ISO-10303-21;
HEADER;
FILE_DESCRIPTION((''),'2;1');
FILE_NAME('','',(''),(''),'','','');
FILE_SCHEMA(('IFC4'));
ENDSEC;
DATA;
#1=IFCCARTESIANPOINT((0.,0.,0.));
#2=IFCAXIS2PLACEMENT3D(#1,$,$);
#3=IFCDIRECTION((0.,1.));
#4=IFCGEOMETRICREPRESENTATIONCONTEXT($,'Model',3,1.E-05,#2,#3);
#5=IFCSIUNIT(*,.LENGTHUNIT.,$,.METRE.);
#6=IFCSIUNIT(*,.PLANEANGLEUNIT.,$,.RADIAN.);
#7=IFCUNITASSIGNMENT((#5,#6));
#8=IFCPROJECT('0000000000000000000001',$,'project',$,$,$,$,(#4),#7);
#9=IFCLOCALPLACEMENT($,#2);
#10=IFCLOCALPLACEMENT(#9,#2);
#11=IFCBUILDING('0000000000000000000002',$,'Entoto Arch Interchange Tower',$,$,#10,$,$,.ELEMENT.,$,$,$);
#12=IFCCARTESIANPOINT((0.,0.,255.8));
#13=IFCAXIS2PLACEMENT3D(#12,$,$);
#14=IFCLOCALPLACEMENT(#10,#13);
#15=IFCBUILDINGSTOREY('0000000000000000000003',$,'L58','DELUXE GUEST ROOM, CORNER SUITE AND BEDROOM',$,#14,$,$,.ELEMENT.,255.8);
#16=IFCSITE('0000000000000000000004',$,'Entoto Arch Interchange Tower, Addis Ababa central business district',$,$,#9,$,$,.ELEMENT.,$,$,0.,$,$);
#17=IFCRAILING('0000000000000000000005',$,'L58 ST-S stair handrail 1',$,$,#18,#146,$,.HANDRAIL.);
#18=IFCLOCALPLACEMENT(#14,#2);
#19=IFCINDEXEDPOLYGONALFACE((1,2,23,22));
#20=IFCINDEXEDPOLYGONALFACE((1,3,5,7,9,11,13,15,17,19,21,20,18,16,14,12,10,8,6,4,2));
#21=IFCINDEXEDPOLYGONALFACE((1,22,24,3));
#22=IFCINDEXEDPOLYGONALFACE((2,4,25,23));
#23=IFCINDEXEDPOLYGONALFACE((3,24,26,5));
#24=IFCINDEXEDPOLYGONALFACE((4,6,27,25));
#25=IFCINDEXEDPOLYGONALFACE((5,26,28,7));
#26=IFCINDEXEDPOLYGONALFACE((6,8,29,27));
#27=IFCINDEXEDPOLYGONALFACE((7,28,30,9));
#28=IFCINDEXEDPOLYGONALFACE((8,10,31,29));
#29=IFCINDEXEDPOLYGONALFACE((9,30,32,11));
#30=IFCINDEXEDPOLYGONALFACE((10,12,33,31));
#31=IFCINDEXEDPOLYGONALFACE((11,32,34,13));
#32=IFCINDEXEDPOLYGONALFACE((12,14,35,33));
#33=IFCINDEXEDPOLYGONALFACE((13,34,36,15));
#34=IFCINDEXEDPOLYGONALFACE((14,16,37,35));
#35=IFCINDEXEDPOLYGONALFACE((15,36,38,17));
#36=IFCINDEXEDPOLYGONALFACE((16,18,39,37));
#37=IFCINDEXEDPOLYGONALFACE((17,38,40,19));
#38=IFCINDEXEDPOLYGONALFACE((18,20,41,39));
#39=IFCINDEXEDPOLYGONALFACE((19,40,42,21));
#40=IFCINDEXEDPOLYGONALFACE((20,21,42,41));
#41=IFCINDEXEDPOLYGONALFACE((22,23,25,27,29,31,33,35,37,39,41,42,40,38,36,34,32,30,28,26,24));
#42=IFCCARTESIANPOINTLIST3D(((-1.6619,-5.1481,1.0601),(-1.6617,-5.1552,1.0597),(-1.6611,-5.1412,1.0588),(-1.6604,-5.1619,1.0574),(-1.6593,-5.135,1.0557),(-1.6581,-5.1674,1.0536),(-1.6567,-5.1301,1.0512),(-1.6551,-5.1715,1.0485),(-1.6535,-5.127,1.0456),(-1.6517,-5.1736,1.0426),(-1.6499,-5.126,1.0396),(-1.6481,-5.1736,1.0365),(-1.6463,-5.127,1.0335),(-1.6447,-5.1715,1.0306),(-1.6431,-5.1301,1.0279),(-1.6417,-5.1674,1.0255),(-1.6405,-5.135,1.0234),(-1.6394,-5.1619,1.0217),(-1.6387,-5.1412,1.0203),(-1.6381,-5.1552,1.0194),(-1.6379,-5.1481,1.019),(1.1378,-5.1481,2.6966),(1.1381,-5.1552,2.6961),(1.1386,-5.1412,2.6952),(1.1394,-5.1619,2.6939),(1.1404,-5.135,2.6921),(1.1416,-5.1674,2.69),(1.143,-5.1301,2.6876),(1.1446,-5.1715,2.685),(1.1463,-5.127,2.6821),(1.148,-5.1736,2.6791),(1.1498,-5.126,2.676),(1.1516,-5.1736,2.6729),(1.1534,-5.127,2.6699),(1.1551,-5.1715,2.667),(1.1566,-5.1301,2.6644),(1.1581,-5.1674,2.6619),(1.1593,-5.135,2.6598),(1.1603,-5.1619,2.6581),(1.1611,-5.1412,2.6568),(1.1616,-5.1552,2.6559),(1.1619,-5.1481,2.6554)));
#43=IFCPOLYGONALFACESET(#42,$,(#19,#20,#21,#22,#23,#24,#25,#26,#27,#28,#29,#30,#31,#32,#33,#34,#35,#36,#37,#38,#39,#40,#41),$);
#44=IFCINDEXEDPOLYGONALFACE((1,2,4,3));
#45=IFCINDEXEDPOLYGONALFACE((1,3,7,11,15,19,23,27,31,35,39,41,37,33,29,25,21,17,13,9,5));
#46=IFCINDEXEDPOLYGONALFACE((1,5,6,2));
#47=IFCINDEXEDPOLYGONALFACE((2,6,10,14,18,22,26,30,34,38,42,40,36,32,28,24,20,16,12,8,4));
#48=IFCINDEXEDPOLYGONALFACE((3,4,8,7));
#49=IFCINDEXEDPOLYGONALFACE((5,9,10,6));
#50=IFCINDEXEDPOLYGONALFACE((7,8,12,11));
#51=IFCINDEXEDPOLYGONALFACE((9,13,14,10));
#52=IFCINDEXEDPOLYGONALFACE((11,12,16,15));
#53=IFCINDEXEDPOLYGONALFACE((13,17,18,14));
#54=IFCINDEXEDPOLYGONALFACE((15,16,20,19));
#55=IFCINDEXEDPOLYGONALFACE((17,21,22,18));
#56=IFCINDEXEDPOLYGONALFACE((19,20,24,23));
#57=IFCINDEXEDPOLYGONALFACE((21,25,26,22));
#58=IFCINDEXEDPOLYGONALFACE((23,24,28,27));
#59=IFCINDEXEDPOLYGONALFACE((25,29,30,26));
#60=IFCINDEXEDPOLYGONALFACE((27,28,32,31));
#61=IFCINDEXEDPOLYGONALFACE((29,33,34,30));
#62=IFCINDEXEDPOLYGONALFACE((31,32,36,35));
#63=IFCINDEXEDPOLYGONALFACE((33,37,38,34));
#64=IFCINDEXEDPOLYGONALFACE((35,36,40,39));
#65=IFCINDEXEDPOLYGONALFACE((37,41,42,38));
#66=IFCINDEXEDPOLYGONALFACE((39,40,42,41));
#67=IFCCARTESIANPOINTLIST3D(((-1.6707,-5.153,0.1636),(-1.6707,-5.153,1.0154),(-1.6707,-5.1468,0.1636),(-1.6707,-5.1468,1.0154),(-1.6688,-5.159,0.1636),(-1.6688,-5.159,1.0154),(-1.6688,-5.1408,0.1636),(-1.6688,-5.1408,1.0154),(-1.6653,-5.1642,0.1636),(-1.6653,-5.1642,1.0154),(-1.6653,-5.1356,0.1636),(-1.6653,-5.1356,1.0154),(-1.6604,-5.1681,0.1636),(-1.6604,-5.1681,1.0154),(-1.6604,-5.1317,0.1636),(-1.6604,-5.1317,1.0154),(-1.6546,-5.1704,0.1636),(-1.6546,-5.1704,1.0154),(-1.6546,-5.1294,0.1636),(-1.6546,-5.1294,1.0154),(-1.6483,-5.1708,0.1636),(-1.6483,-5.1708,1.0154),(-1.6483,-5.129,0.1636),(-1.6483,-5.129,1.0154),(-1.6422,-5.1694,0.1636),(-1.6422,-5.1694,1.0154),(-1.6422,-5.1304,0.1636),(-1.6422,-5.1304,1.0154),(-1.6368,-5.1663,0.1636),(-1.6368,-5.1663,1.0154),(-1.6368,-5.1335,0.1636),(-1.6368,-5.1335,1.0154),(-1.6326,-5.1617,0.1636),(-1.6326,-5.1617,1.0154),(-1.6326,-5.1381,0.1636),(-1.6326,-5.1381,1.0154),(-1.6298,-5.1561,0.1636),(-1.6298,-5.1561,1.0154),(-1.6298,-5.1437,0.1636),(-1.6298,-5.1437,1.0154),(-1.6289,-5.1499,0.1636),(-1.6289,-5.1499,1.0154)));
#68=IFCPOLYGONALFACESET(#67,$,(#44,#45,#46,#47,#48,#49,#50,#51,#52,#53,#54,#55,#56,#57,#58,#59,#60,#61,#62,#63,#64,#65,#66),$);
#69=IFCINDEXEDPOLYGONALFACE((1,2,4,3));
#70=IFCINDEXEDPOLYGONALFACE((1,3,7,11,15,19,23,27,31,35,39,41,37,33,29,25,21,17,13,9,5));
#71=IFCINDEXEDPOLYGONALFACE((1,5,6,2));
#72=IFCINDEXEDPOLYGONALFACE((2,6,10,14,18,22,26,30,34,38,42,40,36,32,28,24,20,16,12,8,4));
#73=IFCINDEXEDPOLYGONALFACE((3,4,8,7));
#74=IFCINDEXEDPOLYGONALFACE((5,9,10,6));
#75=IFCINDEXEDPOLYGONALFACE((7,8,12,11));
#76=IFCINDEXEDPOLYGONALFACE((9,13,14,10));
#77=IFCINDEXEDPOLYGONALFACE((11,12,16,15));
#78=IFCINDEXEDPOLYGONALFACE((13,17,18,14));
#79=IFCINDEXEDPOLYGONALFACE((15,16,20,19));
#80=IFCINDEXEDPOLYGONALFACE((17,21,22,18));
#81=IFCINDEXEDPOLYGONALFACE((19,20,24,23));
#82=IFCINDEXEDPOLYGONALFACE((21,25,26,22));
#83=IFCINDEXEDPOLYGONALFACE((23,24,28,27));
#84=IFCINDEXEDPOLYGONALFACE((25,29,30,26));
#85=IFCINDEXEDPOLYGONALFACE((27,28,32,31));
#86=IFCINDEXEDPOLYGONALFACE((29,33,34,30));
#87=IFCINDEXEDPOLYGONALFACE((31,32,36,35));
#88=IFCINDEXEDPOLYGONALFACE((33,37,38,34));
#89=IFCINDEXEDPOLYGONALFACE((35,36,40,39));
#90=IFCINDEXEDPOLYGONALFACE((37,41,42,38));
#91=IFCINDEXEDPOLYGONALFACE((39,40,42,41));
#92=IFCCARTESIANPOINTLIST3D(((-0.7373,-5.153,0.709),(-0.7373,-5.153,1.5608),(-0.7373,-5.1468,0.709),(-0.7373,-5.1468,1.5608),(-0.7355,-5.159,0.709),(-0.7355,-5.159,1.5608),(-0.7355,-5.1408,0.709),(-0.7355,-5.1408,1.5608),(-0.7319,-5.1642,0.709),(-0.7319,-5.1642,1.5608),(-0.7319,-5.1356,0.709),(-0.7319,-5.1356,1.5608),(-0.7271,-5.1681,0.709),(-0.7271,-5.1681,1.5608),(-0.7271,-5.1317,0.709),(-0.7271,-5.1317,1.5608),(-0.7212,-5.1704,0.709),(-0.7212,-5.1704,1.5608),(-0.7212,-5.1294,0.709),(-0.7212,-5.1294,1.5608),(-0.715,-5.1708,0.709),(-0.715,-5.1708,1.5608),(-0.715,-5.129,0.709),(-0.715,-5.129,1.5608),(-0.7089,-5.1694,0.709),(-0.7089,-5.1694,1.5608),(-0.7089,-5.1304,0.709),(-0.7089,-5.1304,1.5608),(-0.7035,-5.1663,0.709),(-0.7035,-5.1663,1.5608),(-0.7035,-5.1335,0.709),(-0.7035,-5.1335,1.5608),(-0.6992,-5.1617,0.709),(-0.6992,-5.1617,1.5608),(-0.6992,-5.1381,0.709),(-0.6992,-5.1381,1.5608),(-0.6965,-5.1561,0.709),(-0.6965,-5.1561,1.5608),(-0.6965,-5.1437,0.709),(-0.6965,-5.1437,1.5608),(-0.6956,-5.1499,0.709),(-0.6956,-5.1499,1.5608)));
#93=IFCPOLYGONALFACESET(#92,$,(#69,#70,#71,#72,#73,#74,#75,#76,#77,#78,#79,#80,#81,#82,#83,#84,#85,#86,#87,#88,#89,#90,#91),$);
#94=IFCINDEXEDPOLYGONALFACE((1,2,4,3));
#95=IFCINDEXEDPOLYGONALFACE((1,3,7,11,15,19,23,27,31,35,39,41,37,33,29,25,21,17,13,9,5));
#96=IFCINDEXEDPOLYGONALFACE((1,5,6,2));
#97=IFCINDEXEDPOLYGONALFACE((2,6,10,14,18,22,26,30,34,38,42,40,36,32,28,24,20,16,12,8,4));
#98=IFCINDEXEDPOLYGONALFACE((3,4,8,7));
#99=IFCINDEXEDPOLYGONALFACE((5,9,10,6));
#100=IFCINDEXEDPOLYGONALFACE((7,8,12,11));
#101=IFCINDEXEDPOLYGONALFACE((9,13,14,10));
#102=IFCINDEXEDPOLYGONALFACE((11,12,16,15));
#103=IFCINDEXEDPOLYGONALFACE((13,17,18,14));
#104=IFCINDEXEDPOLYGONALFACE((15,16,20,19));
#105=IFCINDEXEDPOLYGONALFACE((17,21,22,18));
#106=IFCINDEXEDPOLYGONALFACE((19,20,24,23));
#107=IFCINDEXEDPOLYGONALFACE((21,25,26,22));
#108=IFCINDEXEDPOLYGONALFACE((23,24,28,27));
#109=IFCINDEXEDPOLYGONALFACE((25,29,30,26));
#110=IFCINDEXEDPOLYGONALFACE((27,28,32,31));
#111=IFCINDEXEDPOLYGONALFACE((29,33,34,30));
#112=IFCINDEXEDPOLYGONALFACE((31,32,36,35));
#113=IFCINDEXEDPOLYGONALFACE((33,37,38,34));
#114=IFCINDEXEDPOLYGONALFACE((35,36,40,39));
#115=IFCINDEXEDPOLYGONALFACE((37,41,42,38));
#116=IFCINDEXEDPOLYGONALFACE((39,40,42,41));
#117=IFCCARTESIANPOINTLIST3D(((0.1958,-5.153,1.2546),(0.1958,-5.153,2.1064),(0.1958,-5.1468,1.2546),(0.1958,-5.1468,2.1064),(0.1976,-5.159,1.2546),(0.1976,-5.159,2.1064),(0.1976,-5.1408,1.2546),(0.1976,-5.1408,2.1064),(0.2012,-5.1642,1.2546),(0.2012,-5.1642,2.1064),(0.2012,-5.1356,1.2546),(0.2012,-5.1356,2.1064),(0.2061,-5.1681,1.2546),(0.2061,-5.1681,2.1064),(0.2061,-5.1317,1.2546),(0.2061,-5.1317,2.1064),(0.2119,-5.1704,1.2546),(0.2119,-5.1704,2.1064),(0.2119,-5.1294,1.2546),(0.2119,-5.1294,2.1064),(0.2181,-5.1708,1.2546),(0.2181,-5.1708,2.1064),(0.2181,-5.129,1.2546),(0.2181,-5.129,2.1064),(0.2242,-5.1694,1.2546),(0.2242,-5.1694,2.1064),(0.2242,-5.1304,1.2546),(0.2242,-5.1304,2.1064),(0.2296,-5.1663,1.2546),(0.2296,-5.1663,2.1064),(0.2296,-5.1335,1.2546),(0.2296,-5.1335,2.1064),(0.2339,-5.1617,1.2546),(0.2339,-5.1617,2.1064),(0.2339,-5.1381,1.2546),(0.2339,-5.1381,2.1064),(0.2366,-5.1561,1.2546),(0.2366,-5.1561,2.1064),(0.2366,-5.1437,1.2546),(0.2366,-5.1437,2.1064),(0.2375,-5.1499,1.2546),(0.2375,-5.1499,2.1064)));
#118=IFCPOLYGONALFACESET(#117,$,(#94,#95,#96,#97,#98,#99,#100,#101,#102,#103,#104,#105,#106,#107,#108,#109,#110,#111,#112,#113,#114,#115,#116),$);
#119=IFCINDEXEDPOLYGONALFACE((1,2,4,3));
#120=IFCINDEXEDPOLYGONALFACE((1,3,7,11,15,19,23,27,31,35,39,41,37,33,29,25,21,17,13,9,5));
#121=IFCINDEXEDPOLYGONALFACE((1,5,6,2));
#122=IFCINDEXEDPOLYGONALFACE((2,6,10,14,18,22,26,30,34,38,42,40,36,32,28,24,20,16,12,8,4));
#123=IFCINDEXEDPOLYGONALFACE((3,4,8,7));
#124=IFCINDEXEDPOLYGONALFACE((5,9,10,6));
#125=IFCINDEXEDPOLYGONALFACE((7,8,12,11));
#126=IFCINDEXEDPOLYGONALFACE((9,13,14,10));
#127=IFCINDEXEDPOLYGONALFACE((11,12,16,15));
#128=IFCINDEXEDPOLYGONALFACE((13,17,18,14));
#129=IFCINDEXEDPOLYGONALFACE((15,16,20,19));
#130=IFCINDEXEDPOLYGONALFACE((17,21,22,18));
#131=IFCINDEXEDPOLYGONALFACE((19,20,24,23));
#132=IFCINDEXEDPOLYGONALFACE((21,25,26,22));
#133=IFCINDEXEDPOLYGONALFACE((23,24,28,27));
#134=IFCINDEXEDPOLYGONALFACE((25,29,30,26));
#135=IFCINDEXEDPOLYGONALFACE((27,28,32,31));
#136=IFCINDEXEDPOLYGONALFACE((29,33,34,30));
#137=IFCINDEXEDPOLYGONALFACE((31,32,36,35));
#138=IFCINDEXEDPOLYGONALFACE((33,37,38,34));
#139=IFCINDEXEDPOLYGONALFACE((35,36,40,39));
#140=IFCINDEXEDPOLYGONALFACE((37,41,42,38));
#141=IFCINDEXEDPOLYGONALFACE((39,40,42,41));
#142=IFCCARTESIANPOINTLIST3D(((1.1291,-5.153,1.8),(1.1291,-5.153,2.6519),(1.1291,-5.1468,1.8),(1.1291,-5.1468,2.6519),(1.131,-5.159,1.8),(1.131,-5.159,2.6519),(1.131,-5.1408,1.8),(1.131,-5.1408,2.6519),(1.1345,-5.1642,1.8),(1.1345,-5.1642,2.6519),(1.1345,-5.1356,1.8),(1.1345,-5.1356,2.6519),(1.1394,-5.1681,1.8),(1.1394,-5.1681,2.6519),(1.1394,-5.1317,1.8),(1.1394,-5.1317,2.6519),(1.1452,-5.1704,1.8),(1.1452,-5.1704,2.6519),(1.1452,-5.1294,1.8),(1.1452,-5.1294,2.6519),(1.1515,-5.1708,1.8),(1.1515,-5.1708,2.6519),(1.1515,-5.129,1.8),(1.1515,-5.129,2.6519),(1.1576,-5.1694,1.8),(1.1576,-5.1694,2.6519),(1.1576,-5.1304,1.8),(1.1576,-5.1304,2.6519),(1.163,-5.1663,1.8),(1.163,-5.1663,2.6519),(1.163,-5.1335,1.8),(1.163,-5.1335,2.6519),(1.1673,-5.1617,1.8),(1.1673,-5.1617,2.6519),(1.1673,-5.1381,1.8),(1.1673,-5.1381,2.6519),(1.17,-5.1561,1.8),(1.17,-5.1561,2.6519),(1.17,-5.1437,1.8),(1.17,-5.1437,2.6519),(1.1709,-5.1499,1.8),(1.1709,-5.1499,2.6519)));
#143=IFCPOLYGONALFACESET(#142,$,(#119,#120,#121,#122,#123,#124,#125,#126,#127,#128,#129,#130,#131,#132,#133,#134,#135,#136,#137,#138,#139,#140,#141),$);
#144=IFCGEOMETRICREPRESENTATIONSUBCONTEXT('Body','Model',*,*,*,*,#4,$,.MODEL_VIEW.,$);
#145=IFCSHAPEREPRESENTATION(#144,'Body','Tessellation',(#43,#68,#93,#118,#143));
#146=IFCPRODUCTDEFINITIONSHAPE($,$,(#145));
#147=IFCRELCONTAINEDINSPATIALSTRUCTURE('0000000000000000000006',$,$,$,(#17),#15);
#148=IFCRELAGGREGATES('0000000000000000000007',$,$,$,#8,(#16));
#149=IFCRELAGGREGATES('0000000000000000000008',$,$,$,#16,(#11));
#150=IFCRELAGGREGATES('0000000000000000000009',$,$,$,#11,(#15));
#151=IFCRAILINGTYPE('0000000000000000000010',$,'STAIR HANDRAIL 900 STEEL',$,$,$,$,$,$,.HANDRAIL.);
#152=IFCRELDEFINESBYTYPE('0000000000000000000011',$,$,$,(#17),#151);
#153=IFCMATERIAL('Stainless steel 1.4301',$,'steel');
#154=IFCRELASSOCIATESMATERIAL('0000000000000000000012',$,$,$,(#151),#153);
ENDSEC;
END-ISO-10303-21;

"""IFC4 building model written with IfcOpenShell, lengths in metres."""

from ifc_helpers import new_model, si_unit, direction, frame, origin, origin_2d, place, context, subcontext, project, spatial, circle, extrude, material, type_object, element, save


model = new_model("IFC4")

# Units and contexts
model_context = context("Model", 3, precision=1e-05, world=origin(), true_north=direction((0.0, 1.0)))
body_context = subcontext(model_context, "Body", "Model", "MODEL_VIEW")
ifc_project = project(units=[si_unit("LENGTHUNIT", "METRE"), si_unit("PLANEANGLEUNIT", "RADIAN")], contexts=[model_context])

# Site, building, storey
site_placement = place(None, origin())
site = spatial("IfcSite", under=ifc_project, at=site_placement, Name="Entoto Arch Interchange Tower, Addis Ababa central business district", CompositionType="ELEMENT", RefElevation=0.0)
building_placement = place(site_placement, origin())
building = spatial("IfcBuilding", under=site, at=building_placement, Name="Entoto Arch Interchange Tower", CompositionType="ELEMENT")
storey_placement = place(building_placement, frame((0.0, 0.0, 255.8)))
storey = spatial("IfcBuildingStorey", under=building, at=storey_placement, Name="L58", Description="DELUXE GUEST ROOM, CORNER SUITE AND BEDROOM", CompositionType="ELEMENT", Elevation=255.8)

# Railing
ifc_material_1 = material(Name="Stainless steel 1.4301", Category="steel")
railing_type_1 = type_object("IfcRailingType", Name="STAIR HANDRAIL 900 STEEL", PredefinedType="HANDRAIL", material=ifc_material_1)
railing_1_placement = place(storey_placement, frame((-1.6499, -5.1499, 0.1636)))
element("IfcRailing", 1, at=railing_1_placement, inside=storey, type_object=railing_type_1, Name="L58 ST-S stair handrail 1", PredefinedType="HANDRAIL", context=body_context, shape_type="SweptSolid", body=[
    extrude(circle(Radius=0.0239, at=origin_2d()), frame((0.0, 0.0, 0.876), z_axis=(0.863342, 0.0, 0.50462), x_axis=(0.0, 1.0, 0.0)), (0.0, 0.0, 1.0), 3.2429),
    extrude(circle(Radius=0.021, at=origin_2d()), origin(), (0.0, 0.0, 1.0), 0.8518),
    extrude(circle(Radius=0.021, at=origin_2d()), frame((0.9333, 0.0, 0.5454)), (0.0, 0.0, 1.0), 0.8518),
    extrude(circle(Radius=0.021, at=origin_2d()), frame((1.8665, 0.0, 1.0911)), (0.0, 0.0, 1.0), 0.8518),
    extrude(circle(Radius=0.021, at=origin_2d()), frame((2.7998, 0.0, 1.6365)), (0.0, 0.0, 1.0), 0.8518),
])

save(model, "model.ifc")
